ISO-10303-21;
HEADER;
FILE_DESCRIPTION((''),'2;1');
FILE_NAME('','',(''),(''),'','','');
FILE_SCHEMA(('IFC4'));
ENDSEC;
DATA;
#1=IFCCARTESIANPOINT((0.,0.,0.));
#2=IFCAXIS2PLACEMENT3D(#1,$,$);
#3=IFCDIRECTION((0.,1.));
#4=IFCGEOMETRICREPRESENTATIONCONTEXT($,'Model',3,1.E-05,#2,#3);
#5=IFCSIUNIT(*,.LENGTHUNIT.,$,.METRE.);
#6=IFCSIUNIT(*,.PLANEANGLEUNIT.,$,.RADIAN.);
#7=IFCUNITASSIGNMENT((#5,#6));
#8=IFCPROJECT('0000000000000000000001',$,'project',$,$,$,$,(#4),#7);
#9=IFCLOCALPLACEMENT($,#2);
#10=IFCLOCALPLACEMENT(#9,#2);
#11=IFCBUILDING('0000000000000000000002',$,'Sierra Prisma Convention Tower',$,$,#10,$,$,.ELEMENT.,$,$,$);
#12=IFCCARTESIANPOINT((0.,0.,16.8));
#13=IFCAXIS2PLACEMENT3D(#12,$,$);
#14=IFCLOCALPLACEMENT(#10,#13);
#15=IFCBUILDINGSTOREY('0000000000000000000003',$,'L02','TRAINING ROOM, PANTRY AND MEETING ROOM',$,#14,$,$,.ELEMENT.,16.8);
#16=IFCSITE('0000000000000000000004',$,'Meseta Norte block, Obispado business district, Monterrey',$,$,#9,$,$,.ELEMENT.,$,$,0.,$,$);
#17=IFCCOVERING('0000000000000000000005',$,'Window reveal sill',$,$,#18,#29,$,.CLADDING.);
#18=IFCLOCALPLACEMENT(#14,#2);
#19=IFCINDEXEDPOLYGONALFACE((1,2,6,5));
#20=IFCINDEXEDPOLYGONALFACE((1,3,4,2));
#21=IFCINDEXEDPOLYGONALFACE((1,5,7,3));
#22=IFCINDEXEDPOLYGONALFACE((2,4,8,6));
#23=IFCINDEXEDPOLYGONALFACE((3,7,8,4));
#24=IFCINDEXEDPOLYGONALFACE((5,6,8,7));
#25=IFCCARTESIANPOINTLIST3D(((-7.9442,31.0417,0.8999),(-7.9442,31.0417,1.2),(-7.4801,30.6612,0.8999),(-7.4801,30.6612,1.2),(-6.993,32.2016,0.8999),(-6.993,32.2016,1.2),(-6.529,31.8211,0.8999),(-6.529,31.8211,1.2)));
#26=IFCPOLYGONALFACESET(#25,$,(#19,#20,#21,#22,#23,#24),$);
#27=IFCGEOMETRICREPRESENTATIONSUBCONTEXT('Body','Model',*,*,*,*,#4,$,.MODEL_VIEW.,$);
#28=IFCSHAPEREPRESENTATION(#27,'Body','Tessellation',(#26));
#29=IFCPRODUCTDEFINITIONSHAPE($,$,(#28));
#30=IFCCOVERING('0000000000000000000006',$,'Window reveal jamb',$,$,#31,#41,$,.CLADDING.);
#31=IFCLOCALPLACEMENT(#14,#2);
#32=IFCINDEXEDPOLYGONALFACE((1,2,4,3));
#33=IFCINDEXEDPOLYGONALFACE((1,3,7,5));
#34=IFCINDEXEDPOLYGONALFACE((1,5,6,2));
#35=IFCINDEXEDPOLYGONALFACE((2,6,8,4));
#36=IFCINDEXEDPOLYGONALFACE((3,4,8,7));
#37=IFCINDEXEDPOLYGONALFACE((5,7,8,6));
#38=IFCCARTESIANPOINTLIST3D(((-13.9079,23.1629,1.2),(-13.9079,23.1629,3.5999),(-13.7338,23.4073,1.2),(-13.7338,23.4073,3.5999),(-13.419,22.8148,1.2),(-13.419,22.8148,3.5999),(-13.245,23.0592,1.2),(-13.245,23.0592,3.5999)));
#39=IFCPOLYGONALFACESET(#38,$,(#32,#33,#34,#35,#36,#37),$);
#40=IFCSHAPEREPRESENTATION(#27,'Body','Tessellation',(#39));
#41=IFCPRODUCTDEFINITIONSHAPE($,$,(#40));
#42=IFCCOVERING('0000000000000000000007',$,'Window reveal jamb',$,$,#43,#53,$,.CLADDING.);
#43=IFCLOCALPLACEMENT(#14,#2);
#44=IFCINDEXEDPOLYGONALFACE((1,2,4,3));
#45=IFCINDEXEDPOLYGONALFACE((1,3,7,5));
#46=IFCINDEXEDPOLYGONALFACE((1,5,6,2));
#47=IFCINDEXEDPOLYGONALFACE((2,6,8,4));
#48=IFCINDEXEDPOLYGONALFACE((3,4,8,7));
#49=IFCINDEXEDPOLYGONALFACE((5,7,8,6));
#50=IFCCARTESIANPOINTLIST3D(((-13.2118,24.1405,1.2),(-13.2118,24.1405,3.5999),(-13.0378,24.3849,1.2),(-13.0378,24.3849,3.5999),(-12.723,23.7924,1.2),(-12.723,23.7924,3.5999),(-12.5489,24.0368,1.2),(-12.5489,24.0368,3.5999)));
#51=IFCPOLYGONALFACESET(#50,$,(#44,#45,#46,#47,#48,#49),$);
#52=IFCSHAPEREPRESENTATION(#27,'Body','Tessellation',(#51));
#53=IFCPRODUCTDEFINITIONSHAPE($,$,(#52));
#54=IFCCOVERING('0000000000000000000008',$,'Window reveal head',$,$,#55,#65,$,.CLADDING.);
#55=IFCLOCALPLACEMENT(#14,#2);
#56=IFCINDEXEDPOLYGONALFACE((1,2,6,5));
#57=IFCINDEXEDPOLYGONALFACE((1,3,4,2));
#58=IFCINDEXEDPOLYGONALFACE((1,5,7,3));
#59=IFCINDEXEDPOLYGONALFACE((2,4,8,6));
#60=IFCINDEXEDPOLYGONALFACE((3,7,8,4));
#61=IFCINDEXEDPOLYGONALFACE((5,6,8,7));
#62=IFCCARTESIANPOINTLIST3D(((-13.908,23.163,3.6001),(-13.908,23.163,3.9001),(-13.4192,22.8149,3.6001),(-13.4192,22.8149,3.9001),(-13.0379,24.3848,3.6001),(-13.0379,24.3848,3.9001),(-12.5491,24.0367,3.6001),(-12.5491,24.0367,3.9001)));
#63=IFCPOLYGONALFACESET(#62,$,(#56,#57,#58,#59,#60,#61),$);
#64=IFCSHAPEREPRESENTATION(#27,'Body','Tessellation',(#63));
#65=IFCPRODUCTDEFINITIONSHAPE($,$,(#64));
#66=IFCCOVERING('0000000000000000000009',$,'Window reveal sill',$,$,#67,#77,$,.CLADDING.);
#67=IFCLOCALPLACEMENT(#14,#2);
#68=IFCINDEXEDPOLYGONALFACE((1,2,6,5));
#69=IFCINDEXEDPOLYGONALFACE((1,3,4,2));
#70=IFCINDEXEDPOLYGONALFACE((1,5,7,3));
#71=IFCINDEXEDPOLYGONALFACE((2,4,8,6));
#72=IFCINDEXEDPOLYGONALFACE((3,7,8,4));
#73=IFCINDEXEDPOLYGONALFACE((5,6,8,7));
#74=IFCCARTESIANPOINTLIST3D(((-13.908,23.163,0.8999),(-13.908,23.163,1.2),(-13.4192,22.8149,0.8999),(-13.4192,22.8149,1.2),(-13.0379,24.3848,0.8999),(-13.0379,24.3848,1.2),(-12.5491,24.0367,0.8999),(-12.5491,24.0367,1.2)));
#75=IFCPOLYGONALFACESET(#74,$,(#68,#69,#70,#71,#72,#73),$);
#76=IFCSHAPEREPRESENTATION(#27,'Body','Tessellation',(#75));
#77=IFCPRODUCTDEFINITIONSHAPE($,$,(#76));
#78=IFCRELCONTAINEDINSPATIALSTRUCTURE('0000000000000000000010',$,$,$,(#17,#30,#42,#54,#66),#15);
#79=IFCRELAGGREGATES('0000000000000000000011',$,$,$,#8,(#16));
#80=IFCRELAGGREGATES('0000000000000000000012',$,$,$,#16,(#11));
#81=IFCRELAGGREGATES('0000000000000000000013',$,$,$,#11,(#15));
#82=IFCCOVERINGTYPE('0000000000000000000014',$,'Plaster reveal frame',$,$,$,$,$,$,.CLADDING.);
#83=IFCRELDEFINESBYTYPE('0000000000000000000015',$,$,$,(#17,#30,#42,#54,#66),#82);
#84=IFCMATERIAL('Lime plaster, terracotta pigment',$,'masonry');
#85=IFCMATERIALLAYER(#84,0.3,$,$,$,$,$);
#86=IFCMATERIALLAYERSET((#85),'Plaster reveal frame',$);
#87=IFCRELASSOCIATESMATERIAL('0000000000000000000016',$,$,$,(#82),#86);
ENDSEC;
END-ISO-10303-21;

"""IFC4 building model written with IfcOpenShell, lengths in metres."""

from ifc_helpers import new_model, si_unit, direction, frame, origin, origin_2d, place, context, subcontext, project, spatial, rectangle, extrude, material, layer, layer_set, type_object, element, save


model = new_model("IFC4")

# Units and contexts
model_context = context("Model", 3, precision=1e-05, world=origin(), true_north=direction((0.0, 1.0)))
body_context = subcontext(model_context, "Body", "Model", "MODEL_VIEW")
ifc_project = project(units=[si_unit("LENGTHUNIT", "METRE"), si_unit("PLANEANGLEUNIT", "RADIAN")], contexts=[model_context])

# Site, building, storey
site_placement = place(None, origin())
site = spatial("IfcSite", under=ifc_project, at=site_placement, Name="Meseta Norte block, Obispado business district, Monterrey", CompositionType="ELEMENT", RefElevation=0.0)
building_placement = place(site_placement, origin())
building = spatial("IfcBuilding", under=site, at=building_placement, Name="Sierra Prisma Convention Tower", CompositionType="ELEMENT")
storey_placement = place(building_placement, frame((0.0, 0.0, 16.8)))
storey = spatial("IfcBuildingStorey", under=building, at=storey_placement, Name="L02", Description="TRAINING ROOM, PANTRY AND MEETING ROOM", CompositionType="ELEMENT", Elevation=16.8)

# Coverings
ifc_material_1 = material(Name="Lime plaster, terracotta pigment", Category="masonry")
ifc_layer_1 = layer(ifc_material_1, 0.3)
ifc_layer_set_1 = layer_set([ifc_layer_1], Name="Plaster reveal frame")
covering_type = type_object("IfcCoveringType", Name="Plaster reveal frame", PredefinedType="CLADDING", material=ifc_layer_set_1)
for number, where, z_axis, x_axis, name in (
    (1, (-7.2366, 31.4314, 0.8999), (0.0, 0.0, 1.0), (0.634115, 0.773238, 0.0), "Window reveal sill"),
):
    element("IfcCovering", number, at=place(storey_placement, frame(where, z_axis=z_axis, x_axis=x_axis)), inside=storey, type_object=covering_type, Name=name, PredefinedType="CLADDING", context=body_context, shape_type="SweptSolid", body=[
        extrude(rectangle(XDim=1.5, YDim=0.6001, at=origin_2d()), origin(), (0.0, 0.0, 1.0), 0.3),
    ])
for number, where, z_axis, x_axis, name in (
    (2, (-13.5764, 23.1111, 1.2), (0.0, 0.0, 1.0), (0.580072, 0.814565, 0.0), "Window reveal jamb"),
    (3, (-12.8804, 24.0886, 1.2), (0.0, 0.0, 1.0), (0.580072, 0.814565, 0.0), "Window reveal jamb"),
):
    element("IfcCovering", number, at=place(storey_placement, frame(where, z_axis=z_axis, x_axis=x_axis)), inside=storey, type_object=covering_type, Name=name, PredefinedType="CLADDING", context=body_context, shape_type="SweptSolid", body=[
        extrude(rectangle(XDim=0.3, YDim=0.6001, at=origin_2d()), origin(), (0.0, 0.0, 1.0), 2.3999),
    ])
for number, where, z_axis, x_axis, name in (
    (4, (-13.2285, 23.5999, 3.6001), (0.0, 0.0, 1.0), (0.580072, 0.814565, 0.0), "Window reveal head"),
    (5, (-13.2285, 23.5999, 0.8999), (0.0, 0.0, 1.0), (0.580072, 0.814565, 0.0), "Window reveal sill"),
):
    element("IfcCovering", number, at=place(storey_placement, frame(where, z_axis=z_axis, x_axis=x_axis)), inside=storey, type_object=covering_type, Name=name, PredefinedType="CLADDING", context=body_context, shape_type="SweptSolid", body=[
        extrude(rectangle(XDim=1.5, YDim=0.6001, at=origin_2d()), origin(), (0.0, 0.0, 1.0), 0.3),
    ])

save(model, "model.ifc")
